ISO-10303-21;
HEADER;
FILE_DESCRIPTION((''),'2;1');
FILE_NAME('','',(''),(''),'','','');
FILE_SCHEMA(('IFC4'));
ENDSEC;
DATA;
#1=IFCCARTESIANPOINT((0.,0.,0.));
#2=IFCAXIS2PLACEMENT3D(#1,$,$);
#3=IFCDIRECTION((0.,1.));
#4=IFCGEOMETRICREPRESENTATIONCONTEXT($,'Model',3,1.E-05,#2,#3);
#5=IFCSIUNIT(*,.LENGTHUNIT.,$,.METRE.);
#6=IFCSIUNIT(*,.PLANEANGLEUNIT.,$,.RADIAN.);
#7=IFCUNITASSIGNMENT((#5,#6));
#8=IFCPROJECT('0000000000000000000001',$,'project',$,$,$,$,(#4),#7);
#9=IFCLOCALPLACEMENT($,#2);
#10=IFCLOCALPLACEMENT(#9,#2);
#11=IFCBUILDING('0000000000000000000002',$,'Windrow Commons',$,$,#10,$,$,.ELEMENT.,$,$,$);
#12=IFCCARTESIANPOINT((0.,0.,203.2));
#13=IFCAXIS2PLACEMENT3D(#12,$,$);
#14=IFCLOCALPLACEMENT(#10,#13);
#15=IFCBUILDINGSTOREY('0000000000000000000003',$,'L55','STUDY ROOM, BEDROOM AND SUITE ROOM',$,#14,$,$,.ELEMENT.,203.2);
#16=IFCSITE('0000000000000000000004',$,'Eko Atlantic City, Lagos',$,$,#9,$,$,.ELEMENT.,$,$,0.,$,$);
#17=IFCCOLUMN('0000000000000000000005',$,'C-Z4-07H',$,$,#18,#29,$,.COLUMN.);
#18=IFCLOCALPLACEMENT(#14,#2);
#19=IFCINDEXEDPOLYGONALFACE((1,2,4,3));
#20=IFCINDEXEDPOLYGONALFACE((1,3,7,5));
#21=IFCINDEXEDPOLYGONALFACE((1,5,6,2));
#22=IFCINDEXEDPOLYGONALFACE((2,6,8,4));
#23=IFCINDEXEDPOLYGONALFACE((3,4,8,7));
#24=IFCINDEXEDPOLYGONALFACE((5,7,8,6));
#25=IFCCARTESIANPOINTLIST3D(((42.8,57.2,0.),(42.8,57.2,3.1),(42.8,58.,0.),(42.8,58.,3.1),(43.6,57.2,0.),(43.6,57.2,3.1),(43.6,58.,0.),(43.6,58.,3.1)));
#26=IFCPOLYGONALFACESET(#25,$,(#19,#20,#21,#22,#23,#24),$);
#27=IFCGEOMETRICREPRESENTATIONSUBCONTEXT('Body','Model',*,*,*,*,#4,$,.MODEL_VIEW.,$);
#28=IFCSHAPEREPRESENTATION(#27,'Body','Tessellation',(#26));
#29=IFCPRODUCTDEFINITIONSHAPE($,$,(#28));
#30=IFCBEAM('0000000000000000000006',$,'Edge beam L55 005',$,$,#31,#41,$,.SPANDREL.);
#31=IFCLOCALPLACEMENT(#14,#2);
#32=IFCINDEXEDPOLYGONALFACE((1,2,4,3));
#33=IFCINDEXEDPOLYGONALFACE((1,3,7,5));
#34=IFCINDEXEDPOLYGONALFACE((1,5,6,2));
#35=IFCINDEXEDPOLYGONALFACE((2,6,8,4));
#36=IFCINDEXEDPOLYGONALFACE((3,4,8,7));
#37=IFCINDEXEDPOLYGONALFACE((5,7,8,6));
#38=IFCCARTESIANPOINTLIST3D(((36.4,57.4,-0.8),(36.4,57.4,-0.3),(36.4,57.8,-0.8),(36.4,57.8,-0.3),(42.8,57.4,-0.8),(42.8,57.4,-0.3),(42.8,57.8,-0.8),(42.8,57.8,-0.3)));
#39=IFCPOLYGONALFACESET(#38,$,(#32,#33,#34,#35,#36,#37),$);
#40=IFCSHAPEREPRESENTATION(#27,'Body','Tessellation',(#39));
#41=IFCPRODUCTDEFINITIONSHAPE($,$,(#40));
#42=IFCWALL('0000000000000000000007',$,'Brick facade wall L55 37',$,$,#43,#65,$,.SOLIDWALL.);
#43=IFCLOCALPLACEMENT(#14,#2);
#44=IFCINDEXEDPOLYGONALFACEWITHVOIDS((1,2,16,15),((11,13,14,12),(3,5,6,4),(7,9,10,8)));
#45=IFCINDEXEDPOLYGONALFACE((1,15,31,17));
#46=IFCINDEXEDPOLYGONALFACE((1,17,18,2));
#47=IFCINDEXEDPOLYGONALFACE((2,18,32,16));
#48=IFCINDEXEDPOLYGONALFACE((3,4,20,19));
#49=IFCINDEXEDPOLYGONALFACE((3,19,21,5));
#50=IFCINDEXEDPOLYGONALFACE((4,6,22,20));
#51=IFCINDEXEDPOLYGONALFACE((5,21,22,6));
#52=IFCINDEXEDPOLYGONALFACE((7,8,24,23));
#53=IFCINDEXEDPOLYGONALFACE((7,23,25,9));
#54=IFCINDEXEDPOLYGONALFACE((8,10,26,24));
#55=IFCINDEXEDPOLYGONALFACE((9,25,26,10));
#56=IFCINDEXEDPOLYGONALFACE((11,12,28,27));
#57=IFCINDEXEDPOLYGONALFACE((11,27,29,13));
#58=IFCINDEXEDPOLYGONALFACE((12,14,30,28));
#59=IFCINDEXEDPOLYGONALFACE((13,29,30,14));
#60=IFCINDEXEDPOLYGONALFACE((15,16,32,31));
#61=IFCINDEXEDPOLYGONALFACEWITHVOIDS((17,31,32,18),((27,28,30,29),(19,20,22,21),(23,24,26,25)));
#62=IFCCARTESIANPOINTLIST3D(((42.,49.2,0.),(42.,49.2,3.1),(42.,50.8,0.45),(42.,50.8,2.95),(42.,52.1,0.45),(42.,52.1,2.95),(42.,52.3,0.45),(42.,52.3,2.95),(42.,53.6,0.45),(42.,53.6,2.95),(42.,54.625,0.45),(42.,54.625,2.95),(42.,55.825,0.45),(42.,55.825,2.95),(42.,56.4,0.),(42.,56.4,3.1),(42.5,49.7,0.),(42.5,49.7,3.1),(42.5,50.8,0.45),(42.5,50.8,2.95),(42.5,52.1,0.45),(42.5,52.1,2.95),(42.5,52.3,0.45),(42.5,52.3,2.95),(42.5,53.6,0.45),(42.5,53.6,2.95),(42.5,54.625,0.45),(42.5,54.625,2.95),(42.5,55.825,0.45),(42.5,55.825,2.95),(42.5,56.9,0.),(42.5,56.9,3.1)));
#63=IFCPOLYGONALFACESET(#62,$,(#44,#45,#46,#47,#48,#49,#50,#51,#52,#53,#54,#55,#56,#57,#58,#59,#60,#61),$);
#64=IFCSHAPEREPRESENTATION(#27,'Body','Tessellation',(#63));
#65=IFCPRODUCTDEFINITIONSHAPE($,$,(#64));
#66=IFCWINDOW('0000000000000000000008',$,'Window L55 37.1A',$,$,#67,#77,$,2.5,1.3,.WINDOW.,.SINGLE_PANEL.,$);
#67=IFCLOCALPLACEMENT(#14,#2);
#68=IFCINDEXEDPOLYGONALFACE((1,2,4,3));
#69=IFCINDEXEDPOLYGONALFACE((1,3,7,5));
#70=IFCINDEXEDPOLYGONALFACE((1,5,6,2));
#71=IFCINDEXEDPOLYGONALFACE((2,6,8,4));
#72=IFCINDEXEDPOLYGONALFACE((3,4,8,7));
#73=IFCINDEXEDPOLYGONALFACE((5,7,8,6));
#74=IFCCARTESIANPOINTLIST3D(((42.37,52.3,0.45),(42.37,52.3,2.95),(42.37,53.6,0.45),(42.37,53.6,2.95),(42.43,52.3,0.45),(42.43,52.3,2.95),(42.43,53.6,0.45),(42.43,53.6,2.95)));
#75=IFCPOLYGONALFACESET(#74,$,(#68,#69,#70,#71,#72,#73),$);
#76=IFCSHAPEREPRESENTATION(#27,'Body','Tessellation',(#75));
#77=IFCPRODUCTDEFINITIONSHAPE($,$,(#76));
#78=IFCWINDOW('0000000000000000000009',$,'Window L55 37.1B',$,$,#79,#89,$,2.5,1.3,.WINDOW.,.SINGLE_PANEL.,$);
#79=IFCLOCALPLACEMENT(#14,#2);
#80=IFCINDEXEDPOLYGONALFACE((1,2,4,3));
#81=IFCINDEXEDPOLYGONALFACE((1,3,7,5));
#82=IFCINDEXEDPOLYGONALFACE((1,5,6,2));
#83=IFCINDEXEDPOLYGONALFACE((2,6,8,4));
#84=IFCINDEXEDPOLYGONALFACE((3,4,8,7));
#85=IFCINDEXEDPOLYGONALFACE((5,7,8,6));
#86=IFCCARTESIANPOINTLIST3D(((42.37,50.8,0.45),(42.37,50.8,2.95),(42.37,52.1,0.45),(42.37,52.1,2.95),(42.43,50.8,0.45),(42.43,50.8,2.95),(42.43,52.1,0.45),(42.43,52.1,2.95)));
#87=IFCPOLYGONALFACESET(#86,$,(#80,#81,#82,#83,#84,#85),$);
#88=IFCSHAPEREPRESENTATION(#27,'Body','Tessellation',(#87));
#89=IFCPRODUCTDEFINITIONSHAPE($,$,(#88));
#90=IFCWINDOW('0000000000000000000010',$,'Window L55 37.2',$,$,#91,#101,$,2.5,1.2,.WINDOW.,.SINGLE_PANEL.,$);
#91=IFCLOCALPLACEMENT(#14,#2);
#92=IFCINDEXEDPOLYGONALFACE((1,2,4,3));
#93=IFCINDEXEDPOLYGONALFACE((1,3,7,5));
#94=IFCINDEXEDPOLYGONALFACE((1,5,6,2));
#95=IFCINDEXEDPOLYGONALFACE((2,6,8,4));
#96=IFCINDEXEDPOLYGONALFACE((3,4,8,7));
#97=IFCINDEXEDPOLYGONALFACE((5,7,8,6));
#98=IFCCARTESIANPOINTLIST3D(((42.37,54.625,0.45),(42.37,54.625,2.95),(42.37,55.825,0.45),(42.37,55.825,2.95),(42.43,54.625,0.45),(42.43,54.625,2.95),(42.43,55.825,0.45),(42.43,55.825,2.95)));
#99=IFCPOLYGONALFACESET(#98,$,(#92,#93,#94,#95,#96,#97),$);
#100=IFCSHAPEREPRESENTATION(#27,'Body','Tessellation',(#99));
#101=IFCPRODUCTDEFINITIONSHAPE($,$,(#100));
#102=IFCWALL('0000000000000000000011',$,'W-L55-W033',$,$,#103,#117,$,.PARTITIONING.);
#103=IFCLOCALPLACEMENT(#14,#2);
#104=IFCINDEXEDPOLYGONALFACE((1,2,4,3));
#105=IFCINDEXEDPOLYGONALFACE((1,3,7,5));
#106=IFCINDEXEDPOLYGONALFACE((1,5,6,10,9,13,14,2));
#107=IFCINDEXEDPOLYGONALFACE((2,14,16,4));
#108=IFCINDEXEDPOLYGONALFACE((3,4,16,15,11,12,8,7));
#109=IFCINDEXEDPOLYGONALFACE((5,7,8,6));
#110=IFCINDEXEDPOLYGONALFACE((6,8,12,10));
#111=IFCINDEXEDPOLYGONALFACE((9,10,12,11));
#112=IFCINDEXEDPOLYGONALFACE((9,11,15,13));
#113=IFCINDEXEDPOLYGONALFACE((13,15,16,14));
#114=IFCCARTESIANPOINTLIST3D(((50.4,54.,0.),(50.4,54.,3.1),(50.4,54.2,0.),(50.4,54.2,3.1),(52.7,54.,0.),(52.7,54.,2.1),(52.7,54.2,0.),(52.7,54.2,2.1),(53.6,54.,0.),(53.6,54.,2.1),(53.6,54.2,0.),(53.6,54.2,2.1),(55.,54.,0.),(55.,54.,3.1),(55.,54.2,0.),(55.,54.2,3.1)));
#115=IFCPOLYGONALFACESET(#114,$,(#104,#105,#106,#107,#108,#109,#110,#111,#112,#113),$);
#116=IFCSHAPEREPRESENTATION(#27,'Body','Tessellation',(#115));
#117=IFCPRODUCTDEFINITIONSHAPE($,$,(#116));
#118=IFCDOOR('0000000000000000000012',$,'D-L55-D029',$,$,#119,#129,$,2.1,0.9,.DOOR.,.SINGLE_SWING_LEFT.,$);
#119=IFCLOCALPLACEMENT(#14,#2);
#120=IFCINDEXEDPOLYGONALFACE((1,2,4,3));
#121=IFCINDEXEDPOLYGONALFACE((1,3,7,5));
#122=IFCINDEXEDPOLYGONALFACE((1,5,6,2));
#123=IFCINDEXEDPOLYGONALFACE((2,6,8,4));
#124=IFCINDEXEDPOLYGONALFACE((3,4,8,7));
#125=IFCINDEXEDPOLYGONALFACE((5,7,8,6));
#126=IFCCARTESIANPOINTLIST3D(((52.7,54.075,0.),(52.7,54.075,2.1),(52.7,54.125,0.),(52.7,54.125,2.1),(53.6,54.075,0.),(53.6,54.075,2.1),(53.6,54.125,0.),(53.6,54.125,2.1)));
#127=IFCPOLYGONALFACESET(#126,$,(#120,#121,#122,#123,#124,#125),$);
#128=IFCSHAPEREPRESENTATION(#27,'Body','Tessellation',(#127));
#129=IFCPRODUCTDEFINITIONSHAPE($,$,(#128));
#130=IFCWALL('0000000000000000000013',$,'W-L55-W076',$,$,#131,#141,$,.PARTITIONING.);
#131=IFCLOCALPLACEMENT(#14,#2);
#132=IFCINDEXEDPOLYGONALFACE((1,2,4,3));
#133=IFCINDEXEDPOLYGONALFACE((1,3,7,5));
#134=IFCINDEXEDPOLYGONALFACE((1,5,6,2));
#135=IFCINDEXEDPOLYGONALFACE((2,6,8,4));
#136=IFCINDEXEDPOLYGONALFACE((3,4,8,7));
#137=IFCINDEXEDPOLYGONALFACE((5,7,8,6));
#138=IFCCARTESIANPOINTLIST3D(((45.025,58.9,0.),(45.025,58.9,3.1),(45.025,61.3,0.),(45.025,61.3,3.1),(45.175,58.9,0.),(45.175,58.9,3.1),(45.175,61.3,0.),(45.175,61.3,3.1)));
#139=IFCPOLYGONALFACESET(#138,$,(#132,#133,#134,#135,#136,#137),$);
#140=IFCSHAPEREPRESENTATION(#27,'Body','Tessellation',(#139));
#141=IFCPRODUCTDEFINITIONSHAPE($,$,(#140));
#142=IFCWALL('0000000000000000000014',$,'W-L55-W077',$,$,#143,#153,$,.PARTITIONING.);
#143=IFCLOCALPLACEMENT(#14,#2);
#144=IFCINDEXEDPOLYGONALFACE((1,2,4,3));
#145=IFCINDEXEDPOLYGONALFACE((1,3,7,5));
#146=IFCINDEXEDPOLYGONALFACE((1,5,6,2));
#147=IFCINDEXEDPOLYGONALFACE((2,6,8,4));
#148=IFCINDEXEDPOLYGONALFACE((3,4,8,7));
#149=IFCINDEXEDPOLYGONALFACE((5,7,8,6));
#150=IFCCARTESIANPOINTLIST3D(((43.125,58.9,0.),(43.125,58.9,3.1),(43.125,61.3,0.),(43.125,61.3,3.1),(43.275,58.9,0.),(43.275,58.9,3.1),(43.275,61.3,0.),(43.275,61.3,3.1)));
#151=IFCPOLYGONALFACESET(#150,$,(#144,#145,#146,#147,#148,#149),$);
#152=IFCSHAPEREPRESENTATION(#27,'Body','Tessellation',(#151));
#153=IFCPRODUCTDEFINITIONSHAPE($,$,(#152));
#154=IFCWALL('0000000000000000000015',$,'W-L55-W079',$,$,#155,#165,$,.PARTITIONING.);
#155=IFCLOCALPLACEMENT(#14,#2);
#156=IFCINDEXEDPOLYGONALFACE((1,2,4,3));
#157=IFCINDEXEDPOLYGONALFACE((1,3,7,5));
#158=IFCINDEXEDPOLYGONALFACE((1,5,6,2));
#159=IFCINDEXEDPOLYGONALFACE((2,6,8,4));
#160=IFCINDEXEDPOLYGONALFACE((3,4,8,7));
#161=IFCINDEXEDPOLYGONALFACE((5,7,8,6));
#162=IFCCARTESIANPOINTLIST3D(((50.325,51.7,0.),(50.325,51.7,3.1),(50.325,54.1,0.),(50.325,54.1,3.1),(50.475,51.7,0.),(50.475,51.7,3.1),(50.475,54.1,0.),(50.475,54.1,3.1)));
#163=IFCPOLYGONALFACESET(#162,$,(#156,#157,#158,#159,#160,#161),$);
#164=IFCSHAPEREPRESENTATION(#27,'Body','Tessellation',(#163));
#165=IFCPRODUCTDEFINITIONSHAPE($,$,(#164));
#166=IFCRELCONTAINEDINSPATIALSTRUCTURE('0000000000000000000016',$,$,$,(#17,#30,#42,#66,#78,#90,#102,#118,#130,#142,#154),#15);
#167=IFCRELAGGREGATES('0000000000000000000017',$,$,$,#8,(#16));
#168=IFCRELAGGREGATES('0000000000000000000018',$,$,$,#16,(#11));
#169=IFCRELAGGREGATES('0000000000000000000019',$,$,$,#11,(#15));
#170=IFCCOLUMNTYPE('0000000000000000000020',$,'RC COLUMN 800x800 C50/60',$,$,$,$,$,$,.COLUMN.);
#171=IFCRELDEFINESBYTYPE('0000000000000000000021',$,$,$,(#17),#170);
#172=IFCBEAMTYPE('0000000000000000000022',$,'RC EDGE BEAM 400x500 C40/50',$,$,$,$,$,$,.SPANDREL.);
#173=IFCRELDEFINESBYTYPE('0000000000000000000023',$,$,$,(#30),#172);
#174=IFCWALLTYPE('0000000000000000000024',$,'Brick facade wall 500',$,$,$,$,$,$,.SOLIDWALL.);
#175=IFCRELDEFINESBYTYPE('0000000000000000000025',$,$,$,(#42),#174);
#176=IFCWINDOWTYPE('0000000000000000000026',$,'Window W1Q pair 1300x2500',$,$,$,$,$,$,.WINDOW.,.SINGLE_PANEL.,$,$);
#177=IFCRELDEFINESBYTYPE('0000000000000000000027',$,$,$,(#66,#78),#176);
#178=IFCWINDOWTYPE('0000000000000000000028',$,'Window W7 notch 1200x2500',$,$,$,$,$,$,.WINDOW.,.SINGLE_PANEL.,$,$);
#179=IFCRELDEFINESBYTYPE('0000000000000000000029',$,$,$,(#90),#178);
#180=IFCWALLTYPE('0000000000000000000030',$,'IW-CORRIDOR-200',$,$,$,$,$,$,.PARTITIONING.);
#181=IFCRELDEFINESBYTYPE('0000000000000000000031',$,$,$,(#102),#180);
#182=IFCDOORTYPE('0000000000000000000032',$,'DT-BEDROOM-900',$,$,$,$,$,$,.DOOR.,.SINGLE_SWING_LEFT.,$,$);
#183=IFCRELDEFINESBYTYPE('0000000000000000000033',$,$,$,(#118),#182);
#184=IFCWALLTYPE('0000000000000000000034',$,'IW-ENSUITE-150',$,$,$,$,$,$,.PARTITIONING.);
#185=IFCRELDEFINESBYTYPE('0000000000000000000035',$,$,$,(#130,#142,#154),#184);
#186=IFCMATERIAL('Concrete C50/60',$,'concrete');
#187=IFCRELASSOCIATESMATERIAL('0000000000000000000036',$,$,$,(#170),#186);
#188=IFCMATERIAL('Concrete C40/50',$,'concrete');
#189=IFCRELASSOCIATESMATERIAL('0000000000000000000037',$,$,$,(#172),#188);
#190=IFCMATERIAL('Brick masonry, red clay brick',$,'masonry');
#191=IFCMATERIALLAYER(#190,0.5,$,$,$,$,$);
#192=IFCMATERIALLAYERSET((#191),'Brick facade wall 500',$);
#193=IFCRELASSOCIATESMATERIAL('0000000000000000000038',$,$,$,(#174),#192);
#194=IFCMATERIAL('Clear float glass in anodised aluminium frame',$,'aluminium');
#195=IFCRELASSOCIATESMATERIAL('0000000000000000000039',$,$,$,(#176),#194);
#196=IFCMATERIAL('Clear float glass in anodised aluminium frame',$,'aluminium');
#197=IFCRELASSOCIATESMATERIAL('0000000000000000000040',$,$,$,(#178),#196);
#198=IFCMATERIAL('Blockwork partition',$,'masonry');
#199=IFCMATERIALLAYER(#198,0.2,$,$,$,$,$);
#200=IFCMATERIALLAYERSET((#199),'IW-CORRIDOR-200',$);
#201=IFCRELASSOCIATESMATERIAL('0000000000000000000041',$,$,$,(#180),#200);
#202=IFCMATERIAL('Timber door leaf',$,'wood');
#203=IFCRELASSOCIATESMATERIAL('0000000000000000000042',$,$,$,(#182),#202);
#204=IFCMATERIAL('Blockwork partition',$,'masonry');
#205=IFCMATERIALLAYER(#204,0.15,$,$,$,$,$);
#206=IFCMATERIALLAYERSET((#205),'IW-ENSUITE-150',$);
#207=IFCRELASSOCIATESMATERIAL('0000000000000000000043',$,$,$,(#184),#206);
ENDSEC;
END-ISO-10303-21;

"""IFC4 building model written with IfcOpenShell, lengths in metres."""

from ifc_helpers import new_model, si_unit, direction, frame, frame_2d, origin, origin_2d, place, context, subcontext, project, spatial, polyline, rectangle, outline, extrude, material, layer, layer_set, material_profile, profile_set, type_object, element, fill, save


model = new_model("IFC4")

# Units and contexts
model_context = context("Model", 3, precision=1e-05, world=origin(), true_north=direction((0.0, 1.0)))
body_context = subcontext(model_context, "Body", "Model", "MODEL_VIEW")
ifc_project = project(units=[si_unit("LENGTHUNIT", "METRE"), si_unit("PLANEANGLEUNIT", "RADIAN")], contexts=[model_context])

# Site, building, storey
site_placement = place(None, origin())
site = spatial("IfcSite", under=ifc_project, at=site_placement, Name="Eko Atlantic City, Lagos", CompositionType="ELEMENT", RefElevation=0.0)
building_placement = place(site_placement, origin())
building = spatial("IfcBuilding", under=site, at=building_placement, Name="Windrow Commons", CompositionType="ELEMENT")
storey_placement = place(building_placement, frame((0.0, 0.0, 203.2)))
storey = spatial("IfcBuildingStorey", under=building, at=storey_placement, Name="L55", Description="STUDY ROOM, BEDROOM AND SUITE ROOM", CompositionType="ELEMENT", Elevation=203.2)

# Column
ifc_material_1 = material(Name="Concrete C50/60", Category="concrete")
ifc_material_profile_1 = material_profile(ifc_material_1, rectangle(XDim=0.8, YDim=0.8, at=origin_2d()))
ifc_profile_set_1 = profile_set([ifc_material_profile_1], Name="Concrete C50/60")
column_type = type_object("IfcColumnType", Name="RC COLUMN 800x800 C50/60", PredefinedType="COLUMN", material=ifc_profile_set_1)
column_placement = place(storey_placement, frame((43.2, 57.6, 0.0), z_axis=(0.0, 0.0, 1.0), x_axis=(1.0, 0.0, 0.0)))
element("IfcColumn", 1, at=column_placement, inside=storey, type_object=column_type, Name="C-Z4-07H", PredefinedType="COLUMN", context=body_context, shape_type="SweptSolid", body=[
    extrude(rectangle(XDim=0.8, YDim=0.8, at=origin_2d()), origin(), (0.0, 0.0, 1.0), 3.1),
])

# Beam
ifc_material_2 = material(Name="Concrete C40/50", Category="concrete")
ifc_material_profile_2 = material_profile(ifc_material_2, rectangle(XDim=0.4, YDim=0.5, at=origin_2d()))
ifc_profile_set_2 = profile_set([ifc_material_profile_2], Name="Concrete C40/50")
beam_type = type_object("IfcBeamType", Name="RC EDGE BEAM 400x500 C40/50", PredefinedType="SPANDREL", material=ifc_profile_set_2)
beam_placement = place(storey_placement, frame((42.8, 57.6, -0.55), z_axis=(-1.0, 0.0, 0.0), x_axis=(0.0, -1.0, 0.0)))
element("IfcBeam", 2, at=beam_placement, inside=storey, type_object=beam_type, Name="Edge beam L55 005", PredefinedType="SPANDREL", context=body_context, shape_type="SweptSolid", body=[
    extrude(rectangle(XDim=0.4, YDim=0.5, at=origin_2d()), origin(), (0.0, 0.0, 1.0), 6.4),
])

# Wall, openings, windows
ifc_material_3 = material(Name="Brick masonry, red clay brick", Category="masonry")
ifc_layer_1 = layer(ifc_material_3, 0.5)
ifc_layer_set_1 = layer_set([ifc_layer_1], Name="Brick facade wall 500")
wall_type_1 = type_object("IfcWallType", Name="Brick facade wall 500", PredefinedType="SOLIDWALL", material=ifc_layer_set_1)
wall_1_placement = place(storey_placement, frame((42.25, 56.65, 0.0), z_axis=(0.0, 0.0, 1.0), x_axis=(0.0, -1.0, 0.0)))
wall_1 = element("IfcWall", 3, at=wall_1_placement, inside=storey, type_object=wall_type_1, Name="Brick facade wall L55 37", PredefinedType="SOLIDWALL", context=body_context, shape_type="SweptSolid", body=[
    extrude(outline(polyline([(0.25, -0.25), (7.45, -0.25), (6.95, 0.25), (-0.25, 0.25), (0.25, -0.25)])), origin(), (0.0, 0.0, 1.0), 3.1),
])
opening_1_placement = place(wall_1_placement, frame((3.05, 0.0, 0.45)))
opening_1 = element("IfcOpeningElement", 4, at=opening_1_placement, cuts=wall_1, PredefinedType="OPENING", context=body_context, shape_type="SweptSolid", body=[
    extrude(rectangle(XDim=1.3, YDim=2.5, at=frame_2d((0.65, 1.25))), frame((0.0, 0.26, 0.0), z_axis=(0.0, -1.0, 0.0), x_axis=(1.0, 0.0, 0.0)), (0.0, 0.0, 1.0), 0.52),
])
opening_2_placement = place(wall_1_placement, frame((4.55, 0.0, 0.45)))
opening_2 = element("IfcOpeningElement", 5, at=opening_2_placement, cuts=wall_1, PredefinedType="OPENING", context=body_context, shape_type="SweptSolid", body=[
    extrude(rectangle(XDim=1.3, YDim=2.5, at=frame_2d((0.65, 1.25))), frame((0.0, 0.26, 0.0), z_axis=(0.0, -1.0, 0.0), x_axis=(1.0, 0.0, 0.0)), (0.0, 0.0, 1.0), 0.52),
])
opening_3_placement = place(wall_1_placement, frame((0.825, 0.0, 0.45)))
opening_3 = element("IfcOpeningElement", 6, at=opening_3_placement, cuts=wall_1, PredefinedType="OPENING", context=body_context, shape_type="SweptSolid", body=[
    extrude(rectangle(XDim=1.2, YDim=2.5, at=frame_2d((0.6, 1.25))), frame((0.0, 0.26, 0.0), z_axis=(0.0, -1.0, 0.0), x_axis=(1.0, 0.0, 0.0)), (0.0, 0.0, 1.0), 0.52),
])
ifc_material_4 = material(Name="Clear float glass in anodised aluminium frame", Category="aluminium")
window_type_1 = type_object("IfcWindowType", Name="Window W1Q pair 1300x2500", PartitioningType="SINGLE_PANEL", PredefinedType="WINDOW", material=ifc_material_4)
window_1_placement = place(opening_1_placement, origin())
window_1 = element("IfcWindow", 7, at=window_1_placement, inside=storey, type_object=window_type_1, Name="Window L55 37.1A", OverallHeight=2.5, OverallWidth=1.3, PartitioningType="SINGLE_PANEL", PredefinedType="WINDOW", context=body_context, shape_type="SweptSolid", body=[
    extrude(rectangle(XDim=1.3, YDim=2.5, at=frame_2d((0.65, 1.25))), frame((0.0, 0.18, 0.0), z_axis=(0.0, -1.0, 0.0), x_axis=(1.0, 0.0, 0.0)), (0.0, 0.0, 1.0), 0.06),
])
fill(opening_1, window_1)
window_2_placement = place(opening_2_placement, origin())
window_2 = element("IfcWindow", 8, at=window_2_placement, inside=storey, type_object=window_type_1, Name="Window L55 37.1B", OverallHeight=2.5, OverallWidth=1.3, PartitioningType="SINGLE_PANEL", PredefinedType="WINDOW", context=body_context, shape_type="SweptSolid", body=[
    extrude(rectangle(XDim=1.3, YDim=2.5, at=frame_2d((0.65, 1.25))), frame((0.0, 0.18, 0.0), z_axis=(0.0, -1.0, 0.0), x_axis=(1.0, 0.0, 0.0)), (0.0, 0.0, 1.0), 0.06),
])
fill(opening_2, window_2)
ifc_material_5 = material(Name="Clear float glass in anodised aluminium frame", Category="aluminium")
window_type_2 = type_object("IfcWindowType", Name="Window W7 notch 1200x2500", PartitioningType="SINGLE_PANEL", PredefinedType="WINDOW", material=ifc_material_5)
window_3_placement = place(opening_3_placement, origin())
window_3 = element("IfcWindow", 9, at=window_3_placement, inside=storey, type_object=window_type_2, Name="Window L55 37.2", OverallHeight=2.5, OverallWidth=1.2, PartitioningType="SINGLE_PANEL", PredefinedType="WINDOW", context=body_context, shape_type="SweptSolid", body=[
    extrude(rectangle(XDim=1.2, YDim=2.5, at=frame_2d((0.6, 1.25))), frame((0.0, 0.18, 0.0), z_axis=(0.0, -1.0, 0.0), x_axis=(1.0, 0.0, 0.0)), (0.0, 0.0, 1.0), 0.06),
])
fill(opening_3, window_3)

# Wall, opening, door
ifc_material_6 = material(Name="Blockwork partition", Category="masonry")
ifc_layer_2 = layer(ifc_material_6, 0.2)
ifc_layer_set_2 = layer_set([ifc_layer_2], Name="IW-CORRIDOR-200")
wall_type_2 = type_object("IfcWallType", Name="IW-CORRIDOR-200", PredefinedType="PARTITIONING", material=ifc_layer_set_2)
wall_2_placement = place(storey_placement, frame((50.4, 54.1, 0.0), z_axis=(0.0, 0.0, 1.0), x_axis=(1.0, 0.0, 0.0)))
wall_2 = element("IfcWall", 10, at=wall_2_placement, inside=storey, type_object=wall_type_2, Name="W-L55-W033", PredefinedType="PARTITIONING", context=body_context, shape_type="SweptSolid", body=[
    extrude(rectangle(XDim=4.6, YDim=0.2, at=frame_2d((2.3, 0.0))), origin(), (0.0, 0.0, 1.0), 3.1),
])
opening_4_placement = place(wall_2_placement, frame((2.3, 0.0, 0.0)))
opening_4 = element("IfcOpeningElement", 11, at=opening_4_placement, cuts=wall_2, PredefinedType="OPENING", context=body_context, shape_type="SweptSolid", body=[
    extrude(rectangle(XDim=0.9, YDim=2.1, at=frame_2d((0.45, 1.05))), frame((0.0, 0.11, 0.0), z_axis=(0.0, -1.0, 0.0), x_axis=(1.0, 0.0, 0.0)), (0.0, 0.0, 1.0), 0.22),
])
ifc_material_7 = material(Name="Timber door leaf", Category="wood")
door_type_1 = type_object("IfcDoorType", Name="DT-BEDROOM-900", OperationType="SINGLE_SWING_LEFT", PredefinedType="DOOR", material=ifc_material_7)
door_1_placement = place(opening_4_placement, origin())
door_1 = element("IfcDoor", 12, at=door_1_placement, inside=storey, type_object=door_type_1, Name="D-L55-D029", OperationType="SINGLE_SWING_LEFT", OverallHeight=2.1, OverallWidth=0.9, PredefinedType="DOOR", context=body_context, shape_type="SweptSolid", body=[
    extrude(rectangle(XDim=0.9, YDim=2.1, at=frame_2d((0.45, 1.05))), frame((0.0, 0.025, 0.0), z_axis=(0.0, -1.0, 0.0), x_axis=(1.0, 0.0, 0.0)), (0.0, 0.0, 1.0), 0.05),
])
fill(opening_4, door_1)

# Walls
ifc_material_8 = material(Name="Blockwork partition", Category="masonry")
ifc_layer_3 = layer(ifc_material_8, 0.15)
ifc_layer_set_3 = layer_set([ifc_layer_3], Name="IW-ENSUITE-150")
wall_type_3 = type_object("IfcWallType", Name="IW-ENSUITE-150", PredefinedType="PARTITIONING", material=ifc_layer_set_3)
for number, where, z_axis, x_axis, name in (
    (13, (45.1, 58.9, 0.0), (0.0, 0.0, 1.0), (0.0, 1.0, 0.0), "W-L55-W076"),
    (14, (43.2, 58.9, 0.0), (0.0, 0.0, 1.0), (0.0, 1.0, 0.0), "W-L55-W077"),
    (15, (50.4, 51.7, 0.0), (0.0, 0.0, 1.0), (0.0, 1.0, 0.0), "W-L55-W079"),
):
    element("IfcWall", number, at=place(storey_placement, frame(where, z_axis=z_axis, x_axis=x_axis)), inside=storey, type_object=wall_type_3, Name=name, PredefinedType="PARTITIONING", context=body_context, shape_type="SweptSolid", body=[
        extrude(rectangle(XDim=2.4, YDim=0.15, at=frame_2d((1.2, 0.0))), origin(), (0.0, 0.0, 1.0), 3.1),
    ])

save(model, "model.ifc")
